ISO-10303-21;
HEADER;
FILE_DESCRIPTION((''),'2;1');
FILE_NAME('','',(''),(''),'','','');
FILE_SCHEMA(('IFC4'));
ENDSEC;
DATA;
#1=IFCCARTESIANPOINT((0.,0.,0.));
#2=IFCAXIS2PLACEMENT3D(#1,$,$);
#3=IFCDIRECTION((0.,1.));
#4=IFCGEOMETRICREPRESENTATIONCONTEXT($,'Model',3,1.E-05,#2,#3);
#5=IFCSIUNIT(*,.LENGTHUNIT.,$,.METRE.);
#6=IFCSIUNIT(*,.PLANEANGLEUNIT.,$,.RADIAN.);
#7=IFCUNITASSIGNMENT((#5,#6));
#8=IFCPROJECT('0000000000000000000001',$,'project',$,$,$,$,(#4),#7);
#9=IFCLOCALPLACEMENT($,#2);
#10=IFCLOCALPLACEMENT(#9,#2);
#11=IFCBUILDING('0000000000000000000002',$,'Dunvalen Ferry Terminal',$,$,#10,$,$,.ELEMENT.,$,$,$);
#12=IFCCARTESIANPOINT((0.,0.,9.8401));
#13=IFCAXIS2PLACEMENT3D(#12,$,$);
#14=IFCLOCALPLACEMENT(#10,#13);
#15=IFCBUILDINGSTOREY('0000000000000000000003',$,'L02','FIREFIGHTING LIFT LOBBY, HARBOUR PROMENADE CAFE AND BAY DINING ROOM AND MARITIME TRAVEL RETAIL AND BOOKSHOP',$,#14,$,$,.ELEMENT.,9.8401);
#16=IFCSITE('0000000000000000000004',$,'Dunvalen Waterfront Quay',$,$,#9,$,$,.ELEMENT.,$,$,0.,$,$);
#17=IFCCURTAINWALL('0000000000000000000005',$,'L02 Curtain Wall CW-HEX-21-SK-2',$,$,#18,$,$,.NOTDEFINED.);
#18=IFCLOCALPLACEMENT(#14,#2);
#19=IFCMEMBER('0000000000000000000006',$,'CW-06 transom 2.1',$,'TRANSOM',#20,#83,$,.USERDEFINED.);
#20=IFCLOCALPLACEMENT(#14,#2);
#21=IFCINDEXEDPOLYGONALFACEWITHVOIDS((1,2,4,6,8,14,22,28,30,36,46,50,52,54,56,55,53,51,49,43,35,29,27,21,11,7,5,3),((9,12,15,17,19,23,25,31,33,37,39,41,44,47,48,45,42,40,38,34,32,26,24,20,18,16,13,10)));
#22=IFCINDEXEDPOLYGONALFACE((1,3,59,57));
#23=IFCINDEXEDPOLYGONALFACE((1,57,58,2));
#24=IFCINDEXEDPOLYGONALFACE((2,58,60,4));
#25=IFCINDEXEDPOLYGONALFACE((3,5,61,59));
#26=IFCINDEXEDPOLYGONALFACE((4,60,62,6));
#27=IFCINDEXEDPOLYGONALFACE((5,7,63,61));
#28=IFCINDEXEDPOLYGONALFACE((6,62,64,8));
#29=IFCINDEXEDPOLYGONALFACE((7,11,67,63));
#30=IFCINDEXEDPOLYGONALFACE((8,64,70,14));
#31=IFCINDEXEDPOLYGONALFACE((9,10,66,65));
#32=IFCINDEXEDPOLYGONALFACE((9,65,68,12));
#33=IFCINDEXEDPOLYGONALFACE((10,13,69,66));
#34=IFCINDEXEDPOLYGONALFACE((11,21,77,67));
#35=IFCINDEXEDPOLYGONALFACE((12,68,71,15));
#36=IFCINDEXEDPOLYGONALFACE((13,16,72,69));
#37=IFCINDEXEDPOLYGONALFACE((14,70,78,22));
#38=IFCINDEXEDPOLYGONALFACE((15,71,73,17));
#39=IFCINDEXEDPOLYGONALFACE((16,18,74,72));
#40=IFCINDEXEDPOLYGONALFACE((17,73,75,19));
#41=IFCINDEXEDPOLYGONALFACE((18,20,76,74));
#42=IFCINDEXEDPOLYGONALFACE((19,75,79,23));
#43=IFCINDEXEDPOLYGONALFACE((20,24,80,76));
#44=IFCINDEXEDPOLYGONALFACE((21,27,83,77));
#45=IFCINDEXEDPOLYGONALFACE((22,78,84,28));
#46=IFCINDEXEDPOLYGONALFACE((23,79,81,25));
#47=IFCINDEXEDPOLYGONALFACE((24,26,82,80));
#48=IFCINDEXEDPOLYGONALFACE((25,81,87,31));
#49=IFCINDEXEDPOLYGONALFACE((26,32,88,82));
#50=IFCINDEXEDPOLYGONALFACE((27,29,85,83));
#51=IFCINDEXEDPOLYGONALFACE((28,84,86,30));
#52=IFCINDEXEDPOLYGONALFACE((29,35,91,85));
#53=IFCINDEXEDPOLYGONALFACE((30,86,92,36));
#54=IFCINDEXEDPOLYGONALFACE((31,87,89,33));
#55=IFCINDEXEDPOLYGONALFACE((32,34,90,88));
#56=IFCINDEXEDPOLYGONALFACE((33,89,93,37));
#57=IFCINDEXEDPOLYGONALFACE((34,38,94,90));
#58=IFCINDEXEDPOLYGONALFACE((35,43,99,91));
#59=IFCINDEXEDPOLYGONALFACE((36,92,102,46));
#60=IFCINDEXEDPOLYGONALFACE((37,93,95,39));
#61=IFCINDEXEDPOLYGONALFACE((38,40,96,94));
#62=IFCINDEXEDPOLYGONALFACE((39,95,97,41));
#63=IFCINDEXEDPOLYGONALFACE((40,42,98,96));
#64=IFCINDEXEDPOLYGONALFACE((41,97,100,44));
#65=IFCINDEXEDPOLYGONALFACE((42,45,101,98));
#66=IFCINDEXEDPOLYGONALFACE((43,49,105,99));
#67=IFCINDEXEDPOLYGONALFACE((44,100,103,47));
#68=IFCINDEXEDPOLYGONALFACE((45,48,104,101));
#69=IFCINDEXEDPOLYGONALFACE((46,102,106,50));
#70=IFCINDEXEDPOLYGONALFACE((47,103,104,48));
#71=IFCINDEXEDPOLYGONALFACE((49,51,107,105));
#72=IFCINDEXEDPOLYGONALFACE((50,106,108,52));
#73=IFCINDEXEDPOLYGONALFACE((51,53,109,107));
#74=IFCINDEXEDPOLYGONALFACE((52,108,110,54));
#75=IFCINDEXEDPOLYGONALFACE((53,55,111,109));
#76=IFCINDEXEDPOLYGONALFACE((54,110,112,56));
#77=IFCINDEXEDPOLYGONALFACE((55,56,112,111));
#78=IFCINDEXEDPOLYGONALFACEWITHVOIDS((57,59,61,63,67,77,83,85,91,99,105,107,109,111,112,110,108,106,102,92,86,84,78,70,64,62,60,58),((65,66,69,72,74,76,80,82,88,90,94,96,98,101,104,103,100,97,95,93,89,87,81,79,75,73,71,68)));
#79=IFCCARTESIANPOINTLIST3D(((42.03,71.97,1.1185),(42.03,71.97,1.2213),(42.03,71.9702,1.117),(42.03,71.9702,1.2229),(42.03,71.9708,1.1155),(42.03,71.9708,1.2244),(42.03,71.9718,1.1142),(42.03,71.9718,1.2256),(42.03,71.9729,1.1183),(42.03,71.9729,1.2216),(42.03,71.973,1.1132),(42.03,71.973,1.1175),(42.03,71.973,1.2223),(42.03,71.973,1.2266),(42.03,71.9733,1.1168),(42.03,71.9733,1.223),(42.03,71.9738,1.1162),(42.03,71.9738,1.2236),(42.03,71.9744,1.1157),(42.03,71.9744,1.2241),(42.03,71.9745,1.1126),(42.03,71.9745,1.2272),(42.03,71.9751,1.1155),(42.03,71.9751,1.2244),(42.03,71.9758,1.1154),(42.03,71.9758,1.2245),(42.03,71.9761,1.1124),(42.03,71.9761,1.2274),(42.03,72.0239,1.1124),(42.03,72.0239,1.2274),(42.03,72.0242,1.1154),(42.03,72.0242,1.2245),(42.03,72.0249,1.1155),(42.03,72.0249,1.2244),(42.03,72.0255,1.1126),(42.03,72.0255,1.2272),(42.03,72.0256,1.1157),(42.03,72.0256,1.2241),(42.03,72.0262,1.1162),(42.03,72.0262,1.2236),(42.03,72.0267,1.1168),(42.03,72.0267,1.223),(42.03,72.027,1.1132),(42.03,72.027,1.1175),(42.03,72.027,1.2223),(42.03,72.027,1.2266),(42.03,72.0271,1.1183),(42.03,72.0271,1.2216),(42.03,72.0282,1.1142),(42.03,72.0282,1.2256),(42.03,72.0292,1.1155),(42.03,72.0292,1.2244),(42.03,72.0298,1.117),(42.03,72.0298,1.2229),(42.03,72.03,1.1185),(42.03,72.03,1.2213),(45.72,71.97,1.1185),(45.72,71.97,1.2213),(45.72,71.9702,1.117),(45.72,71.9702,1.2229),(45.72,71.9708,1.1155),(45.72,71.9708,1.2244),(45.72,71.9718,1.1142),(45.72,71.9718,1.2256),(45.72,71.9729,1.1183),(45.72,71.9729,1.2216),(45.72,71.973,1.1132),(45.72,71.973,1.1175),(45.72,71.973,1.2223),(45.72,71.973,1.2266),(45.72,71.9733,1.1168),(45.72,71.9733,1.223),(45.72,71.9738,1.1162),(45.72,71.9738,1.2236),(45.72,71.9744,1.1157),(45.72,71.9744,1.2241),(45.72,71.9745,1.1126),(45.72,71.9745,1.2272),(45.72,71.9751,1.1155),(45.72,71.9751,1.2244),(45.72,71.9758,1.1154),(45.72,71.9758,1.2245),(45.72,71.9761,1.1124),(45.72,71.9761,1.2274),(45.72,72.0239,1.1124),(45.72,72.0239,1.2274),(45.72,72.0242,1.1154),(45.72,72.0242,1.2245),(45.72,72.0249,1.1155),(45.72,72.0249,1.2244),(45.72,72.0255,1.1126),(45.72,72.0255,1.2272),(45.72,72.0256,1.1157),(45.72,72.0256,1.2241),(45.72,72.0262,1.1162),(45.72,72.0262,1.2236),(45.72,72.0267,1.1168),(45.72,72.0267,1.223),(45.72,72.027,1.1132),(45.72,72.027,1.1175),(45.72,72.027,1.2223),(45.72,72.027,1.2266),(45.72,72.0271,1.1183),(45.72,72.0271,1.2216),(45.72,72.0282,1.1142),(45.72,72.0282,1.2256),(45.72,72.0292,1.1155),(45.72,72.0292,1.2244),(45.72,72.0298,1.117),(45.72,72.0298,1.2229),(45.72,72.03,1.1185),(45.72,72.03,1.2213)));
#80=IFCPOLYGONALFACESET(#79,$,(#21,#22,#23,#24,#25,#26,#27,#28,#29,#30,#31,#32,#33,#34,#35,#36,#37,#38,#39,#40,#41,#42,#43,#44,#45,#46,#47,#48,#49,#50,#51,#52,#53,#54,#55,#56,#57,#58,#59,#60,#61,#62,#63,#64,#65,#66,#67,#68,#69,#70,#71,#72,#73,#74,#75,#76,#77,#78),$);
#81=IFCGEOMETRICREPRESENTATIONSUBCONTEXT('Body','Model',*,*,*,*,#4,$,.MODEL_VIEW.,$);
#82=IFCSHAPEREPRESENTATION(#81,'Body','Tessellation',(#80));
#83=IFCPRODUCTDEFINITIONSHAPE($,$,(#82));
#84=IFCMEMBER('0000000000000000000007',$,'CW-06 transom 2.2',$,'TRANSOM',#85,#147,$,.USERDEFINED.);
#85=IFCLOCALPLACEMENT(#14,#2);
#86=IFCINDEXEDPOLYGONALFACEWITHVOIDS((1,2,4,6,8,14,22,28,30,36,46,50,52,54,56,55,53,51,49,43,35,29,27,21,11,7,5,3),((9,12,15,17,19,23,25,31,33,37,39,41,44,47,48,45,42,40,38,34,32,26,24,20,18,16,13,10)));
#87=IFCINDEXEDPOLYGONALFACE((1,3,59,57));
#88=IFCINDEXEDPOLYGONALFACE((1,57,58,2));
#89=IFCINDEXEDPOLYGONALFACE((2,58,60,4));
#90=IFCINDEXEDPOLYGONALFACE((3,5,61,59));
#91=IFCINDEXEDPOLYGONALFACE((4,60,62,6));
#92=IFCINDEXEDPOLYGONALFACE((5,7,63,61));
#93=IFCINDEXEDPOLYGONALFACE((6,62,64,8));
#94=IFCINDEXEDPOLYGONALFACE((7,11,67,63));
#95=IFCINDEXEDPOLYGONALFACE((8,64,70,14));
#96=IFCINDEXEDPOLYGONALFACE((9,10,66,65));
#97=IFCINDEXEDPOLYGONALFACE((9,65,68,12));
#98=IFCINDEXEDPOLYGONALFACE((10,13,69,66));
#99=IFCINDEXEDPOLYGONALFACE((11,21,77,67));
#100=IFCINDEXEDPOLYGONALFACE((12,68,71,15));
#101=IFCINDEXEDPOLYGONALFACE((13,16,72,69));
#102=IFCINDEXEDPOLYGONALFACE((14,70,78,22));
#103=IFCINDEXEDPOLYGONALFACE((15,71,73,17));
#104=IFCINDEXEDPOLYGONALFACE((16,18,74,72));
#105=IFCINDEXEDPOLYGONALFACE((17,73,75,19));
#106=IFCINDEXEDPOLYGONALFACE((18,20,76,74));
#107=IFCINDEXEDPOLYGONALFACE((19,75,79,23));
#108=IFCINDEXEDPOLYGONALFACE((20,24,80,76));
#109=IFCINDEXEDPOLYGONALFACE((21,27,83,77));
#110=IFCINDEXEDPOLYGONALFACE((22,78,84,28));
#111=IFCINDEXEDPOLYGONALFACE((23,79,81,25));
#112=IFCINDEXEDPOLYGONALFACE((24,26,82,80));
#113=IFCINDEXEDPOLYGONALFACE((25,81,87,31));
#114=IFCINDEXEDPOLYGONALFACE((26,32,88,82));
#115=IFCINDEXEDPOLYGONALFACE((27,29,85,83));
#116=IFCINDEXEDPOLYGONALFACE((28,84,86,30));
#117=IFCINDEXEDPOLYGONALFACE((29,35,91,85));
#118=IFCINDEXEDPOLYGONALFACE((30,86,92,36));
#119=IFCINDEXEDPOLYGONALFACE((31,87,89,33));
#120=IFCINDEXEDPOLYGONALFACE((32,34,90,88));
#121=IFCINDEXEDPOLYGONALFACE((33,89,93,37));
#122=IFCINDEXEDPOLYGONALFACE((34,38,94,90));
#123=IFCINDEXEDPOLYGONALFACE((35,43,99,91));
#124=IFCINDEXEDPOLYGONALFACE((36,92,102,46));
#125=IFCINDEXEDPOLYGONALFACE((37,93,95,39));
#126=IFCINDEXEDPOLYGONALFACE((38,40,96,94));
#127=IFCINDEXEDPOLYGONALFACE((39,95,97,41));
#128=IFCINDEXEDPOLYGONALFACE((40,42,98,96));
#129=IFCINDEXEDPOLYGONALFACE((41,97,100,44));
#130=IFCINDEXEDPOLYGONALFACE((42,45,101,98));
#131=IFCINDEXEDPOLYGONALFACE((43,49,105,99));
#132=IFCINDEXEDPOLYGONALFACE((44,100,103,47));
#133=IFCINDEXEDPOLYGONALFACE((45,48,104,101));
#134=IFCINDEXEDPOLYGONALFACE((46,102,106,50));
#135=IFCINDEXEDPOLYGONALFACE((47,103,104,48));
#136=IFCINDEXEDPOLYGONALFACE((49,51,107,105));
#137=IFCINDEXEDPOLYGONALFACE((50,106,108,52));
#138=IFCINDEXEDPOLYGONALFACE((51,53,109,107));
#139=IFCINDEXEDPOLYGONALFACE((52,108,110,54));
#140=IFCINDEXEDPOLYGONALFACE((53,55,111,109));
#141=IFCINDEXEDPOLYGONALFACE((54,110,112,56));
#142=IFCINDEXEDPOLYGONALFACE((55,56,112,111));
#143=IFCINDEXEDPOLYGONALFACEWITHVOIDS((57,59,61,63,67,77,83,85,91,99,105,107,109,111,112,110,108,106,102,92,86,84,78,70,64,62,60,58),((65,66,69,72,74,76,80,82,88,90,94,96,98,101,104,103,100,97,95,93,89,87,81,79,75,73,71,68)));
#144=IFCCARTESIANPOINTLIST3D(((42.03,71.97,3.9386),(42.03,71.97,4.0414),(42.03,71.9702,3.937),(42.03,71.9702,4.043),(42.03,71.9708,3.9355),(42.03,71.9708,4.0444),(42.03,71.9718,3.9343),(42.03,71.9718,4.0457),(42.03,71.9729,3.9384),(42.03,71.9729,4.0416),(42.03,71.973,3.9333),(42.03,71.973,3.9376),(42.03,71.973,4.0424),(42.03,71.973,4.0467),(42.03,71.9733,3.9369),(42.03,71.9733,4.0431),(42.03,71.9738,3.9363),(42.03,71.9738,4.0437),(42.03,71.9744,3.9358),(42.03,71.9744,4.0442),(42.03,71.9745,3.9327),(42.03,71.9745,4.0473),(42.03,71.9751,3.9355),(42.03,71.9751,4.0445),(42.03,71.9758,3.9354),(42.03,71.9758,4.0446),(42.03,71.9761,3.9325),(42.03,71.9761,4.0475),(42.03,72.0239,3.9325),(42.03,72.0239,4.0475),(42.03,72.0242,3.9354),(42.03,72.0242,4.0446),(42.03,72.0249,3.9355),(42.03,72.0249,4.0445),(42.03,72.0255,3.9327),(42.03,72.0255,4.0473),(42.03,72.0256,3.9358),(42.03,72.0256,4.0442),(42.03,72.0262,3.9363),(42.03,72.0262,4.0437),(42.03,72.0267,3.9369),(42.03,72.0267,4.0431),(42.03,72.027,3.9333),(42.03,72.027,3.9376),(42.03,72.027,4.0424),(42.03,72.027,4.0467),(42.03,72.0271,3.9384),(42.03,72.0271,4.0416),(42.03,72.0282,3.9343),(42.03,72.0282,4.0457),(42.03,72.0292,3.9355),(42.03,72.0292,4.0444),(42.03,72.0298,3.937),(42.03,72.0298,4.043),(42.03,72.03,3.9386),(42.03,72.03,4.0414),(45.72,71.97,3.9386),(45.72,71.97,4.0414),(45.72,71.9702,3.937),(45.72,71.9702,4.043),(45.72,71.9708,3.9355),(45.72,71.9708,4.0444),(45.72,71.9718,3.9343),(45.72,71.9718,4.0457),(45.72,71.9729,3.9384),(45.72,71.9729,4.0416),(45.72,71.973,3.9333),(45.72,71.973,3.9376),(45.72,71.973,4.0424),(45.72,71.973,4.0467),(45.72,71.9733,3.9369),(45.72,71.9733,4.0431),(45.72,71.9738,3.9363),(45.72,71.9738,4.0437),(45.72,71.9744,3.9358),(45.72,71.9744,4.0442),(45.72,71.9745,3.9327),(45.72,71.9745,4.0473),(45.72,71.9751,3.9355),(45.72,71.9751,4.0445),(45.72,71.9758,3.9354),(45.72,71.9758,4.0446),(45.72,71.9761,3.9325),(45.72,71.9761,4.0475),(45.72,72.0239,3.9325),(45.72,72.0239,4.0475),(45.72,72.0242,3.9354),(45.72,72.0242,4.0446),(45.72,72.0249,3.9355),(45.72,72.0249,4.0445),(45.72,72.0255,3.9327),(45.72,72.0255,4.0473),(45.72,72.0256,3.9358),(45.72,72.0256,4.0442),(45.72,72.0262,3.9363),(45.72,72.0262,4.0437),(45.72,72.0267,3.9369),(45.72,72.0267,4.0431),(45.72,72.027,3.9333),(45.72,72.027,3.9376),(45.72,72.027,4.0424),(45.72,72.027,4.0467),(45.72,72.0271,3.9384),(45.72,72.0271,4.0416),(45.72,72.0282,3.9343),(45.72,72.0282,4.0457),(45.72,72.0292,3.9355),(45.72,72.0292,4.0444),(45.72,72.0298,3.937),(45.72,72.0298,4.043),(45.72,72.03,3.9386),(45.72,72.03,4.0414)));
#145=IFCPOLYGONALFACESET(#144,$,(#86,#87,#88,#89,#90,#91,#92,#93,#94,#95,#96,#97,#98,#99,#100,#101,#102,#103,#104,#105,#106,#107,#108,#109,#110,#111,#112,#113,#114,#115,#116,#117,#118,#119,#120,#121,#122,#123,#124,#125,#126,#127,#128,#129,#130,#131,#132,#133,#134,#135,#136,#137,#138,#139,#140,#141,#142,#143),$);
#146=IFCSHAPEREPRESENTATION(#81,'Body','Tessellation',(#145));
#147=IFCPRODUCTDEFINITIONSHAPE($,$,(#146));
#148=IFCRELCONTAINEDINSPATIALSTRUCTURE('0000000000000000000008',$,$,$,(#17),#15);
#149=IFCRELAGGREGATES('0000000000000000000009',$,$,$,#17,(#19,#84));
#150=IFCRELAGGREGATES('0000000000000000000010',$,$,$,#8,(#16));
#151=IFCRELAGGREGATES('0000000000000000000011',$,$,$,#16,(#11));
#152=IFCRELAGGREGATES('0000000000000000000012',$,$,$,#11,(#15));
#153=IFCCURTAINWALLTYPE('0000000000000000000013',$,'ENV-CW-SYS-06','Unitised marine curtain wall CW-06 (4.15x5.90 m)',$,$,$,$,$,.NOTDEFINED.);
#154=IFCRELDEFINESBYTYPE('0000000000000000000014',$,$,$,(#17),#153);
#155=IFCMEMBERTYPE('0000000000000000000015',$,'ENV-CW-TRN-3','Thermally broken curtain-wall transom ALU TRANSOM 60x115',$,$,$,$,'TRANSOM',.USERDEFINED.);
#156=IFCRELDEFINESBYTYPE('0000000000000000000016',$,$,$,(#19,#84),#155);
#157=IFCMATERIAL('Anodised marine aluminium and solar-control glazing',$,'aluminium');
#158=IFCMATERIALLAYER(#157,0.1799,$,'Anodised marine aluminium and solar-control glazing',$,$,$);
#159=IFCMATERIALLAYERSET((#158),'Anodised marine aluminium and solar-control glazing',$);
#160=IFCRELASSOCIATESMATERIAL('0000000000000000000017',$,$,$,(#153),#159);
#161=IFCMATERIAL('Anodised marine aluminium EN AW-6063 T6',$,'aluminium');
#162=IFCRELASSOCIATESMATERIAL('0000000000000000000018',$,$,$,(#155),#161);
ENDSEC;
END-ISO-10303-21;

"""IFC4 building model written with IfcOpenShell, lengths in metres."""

from ifc_helpers import new_model, si_unit, direction, frame, origin, origin_2d, place, context, subcontext, project, spatial, hollow_rectangle, extrude, material, layer, layer_set, material_profile, profile_set, type_object, element, aggregate, save


model = new_model("IFC4")

# Units and contexts
model_context = context("Model", 3, precision=1e-05, world=origin(), true_north=direction((0.0, 1.0)))
body_context = subcontext(model_context, "Body", "Model", "MODEL_VIEW")
ifc_project = project(units=[si_unit("LENGTHUNIT", "METRE"), si_unit("PLANEANGLEUNIT", "RADIAN")], contexts=[model_context])

# Site, building, storey
site_placement = place(None, origin())
site = spatial("IfcSite", under=ifc_project, at=site_placement, Name="Dunvalen Waterfront Quay", CompositionType="ELEMENT", RefElevation=0.0)
building_placement = place(site_placement, origin())
building = spatial("IfcBuilding", under=site, at=building_placement, Name="Dunvalen Ferry Terminal", CompositionType="ELEMENT")
storey_placement = place(building_placement, frame((0.0, 0.0, 9.8401)))
storey = spatial("IfcBuildingStorey", under=building, at=storey_placement, Name="L02", Description="FIREFIGHTING LIFT LOBBY, HARBOUR PROMENADE CAFE AND BAY DINING ROOM AND MARITIME TRAVEL RETAIL AND BOOKSHOP", CompositionType="ELEMENT", Elevation=9.8401)

# Curtain wall, members
ifc_material_1 = material(Name="Anodised marine aluminium and solar-control glazing", Category="aluminium")
ifc_layer_1 = layer(ifc_material_1, 0.1799, Name="Anodised marine aluminium and solar-control glazing")
ifc_layer_set_1 = layer_set([ifc_layer_1], Name="Anodised marine aluminium and solar-control glazing")
curtain_wall_type = type_object("IfcCurtainWallType", Name="ENV-CW-SYS-06", Description="Unitised marine curtain wall CW-06 (4.15x5.90 m)", PredefinedType="NOTDEFINED", material=ifc_layer_set_1)
curtain_wall_placement = place(storey_placement, origin())
curtain_wall = element("IfcCurtainWall", 1, at=curtain_wall_placement, inside=storey, type_object=curtain_wall_type, Name="L02 Curtain Wall CW-HEX-21-SK-2", PredefinedType="NOTDEFINED")
ifc_material_2 = material(Name="Anodised marine aluminium EN AW-6063 T6", Category="aluminium")
ifc_material_profile_1 = material_profile(ifc_material_2, hollow_rectangle(XDim=0.0601, YDim=0.115, WallThickness=0.0029, InnerFilletRadius=0.0029, OuterFilletRadius=0.0061, at=origin_2d()), Name="Anodised marine aluminium EN AW-6063 T6")
ifc_profile_set_1 = profile_set([ifc_material_profile_1], Name="Anodised marine aluminium EN AW-6063 T6")
member_type_1 = type_object("IfcMemberType", Name="ENV-CW-TRN-3", Description="Thermally broken curtain-wall transom ALU TRANSOM 60x115", ElementType="TRANSOM", PredefinedType="USERDEFINED", material=ifc_profile_set_1)
member_1_placement = place(storey_placement, frame((42.03, 72.0, 1.1699), z_axis=(1.0, 0.0, 0.0), x_axis=(0.0, 1.0, 0.0)))
member_1 = element("IfcMember", 2, at=member_1_placement, type_object=member_type_1, Name="CW-06 transom 2.1", ObjectType="TRANSOM", PredefinedType="USERDEFINED", context=body_context, shape_type="SweptSolid", body=[
    extrude(hollow_rectangle(XDim=0.0601, YDim=0.115, WallThickness=0.0029, InnerFilletRadius=0.0029, OuterFilletRadius=0.0061, at=origin_2d()), origin(), (0.0, 0.0, 1.0), 3.6899),
])
member_2_placement = place(storey_placement, frame((42.03, 72.0, 3.99), z_axis=(1.0, 0.0, 0.0), x_axis=(0.0, 1.0, 0.0)))
member_2 = element("IfcMember", 3, at=member_2_placement, type_object=member_type_1, Name="CW-06 transom 2.2", ObjectType="TRANSOM", PredefinedType="USERDEFINED", context=body_context, shape_type="SweptSolid", body=[
    extrude(hollow_rectangle(XDim=0.0601, YDim=0.115, WallThickness=0.0029, InnerFilletRadius=0.0029, OuterFilletRadius=0.0061, at=origin_2d()), origin(), (0.0, 0.0, 1.0), 3.6899),
])

aggregate(curtain_wall, [member_1, member_2])

save(model, "model.ifc")
